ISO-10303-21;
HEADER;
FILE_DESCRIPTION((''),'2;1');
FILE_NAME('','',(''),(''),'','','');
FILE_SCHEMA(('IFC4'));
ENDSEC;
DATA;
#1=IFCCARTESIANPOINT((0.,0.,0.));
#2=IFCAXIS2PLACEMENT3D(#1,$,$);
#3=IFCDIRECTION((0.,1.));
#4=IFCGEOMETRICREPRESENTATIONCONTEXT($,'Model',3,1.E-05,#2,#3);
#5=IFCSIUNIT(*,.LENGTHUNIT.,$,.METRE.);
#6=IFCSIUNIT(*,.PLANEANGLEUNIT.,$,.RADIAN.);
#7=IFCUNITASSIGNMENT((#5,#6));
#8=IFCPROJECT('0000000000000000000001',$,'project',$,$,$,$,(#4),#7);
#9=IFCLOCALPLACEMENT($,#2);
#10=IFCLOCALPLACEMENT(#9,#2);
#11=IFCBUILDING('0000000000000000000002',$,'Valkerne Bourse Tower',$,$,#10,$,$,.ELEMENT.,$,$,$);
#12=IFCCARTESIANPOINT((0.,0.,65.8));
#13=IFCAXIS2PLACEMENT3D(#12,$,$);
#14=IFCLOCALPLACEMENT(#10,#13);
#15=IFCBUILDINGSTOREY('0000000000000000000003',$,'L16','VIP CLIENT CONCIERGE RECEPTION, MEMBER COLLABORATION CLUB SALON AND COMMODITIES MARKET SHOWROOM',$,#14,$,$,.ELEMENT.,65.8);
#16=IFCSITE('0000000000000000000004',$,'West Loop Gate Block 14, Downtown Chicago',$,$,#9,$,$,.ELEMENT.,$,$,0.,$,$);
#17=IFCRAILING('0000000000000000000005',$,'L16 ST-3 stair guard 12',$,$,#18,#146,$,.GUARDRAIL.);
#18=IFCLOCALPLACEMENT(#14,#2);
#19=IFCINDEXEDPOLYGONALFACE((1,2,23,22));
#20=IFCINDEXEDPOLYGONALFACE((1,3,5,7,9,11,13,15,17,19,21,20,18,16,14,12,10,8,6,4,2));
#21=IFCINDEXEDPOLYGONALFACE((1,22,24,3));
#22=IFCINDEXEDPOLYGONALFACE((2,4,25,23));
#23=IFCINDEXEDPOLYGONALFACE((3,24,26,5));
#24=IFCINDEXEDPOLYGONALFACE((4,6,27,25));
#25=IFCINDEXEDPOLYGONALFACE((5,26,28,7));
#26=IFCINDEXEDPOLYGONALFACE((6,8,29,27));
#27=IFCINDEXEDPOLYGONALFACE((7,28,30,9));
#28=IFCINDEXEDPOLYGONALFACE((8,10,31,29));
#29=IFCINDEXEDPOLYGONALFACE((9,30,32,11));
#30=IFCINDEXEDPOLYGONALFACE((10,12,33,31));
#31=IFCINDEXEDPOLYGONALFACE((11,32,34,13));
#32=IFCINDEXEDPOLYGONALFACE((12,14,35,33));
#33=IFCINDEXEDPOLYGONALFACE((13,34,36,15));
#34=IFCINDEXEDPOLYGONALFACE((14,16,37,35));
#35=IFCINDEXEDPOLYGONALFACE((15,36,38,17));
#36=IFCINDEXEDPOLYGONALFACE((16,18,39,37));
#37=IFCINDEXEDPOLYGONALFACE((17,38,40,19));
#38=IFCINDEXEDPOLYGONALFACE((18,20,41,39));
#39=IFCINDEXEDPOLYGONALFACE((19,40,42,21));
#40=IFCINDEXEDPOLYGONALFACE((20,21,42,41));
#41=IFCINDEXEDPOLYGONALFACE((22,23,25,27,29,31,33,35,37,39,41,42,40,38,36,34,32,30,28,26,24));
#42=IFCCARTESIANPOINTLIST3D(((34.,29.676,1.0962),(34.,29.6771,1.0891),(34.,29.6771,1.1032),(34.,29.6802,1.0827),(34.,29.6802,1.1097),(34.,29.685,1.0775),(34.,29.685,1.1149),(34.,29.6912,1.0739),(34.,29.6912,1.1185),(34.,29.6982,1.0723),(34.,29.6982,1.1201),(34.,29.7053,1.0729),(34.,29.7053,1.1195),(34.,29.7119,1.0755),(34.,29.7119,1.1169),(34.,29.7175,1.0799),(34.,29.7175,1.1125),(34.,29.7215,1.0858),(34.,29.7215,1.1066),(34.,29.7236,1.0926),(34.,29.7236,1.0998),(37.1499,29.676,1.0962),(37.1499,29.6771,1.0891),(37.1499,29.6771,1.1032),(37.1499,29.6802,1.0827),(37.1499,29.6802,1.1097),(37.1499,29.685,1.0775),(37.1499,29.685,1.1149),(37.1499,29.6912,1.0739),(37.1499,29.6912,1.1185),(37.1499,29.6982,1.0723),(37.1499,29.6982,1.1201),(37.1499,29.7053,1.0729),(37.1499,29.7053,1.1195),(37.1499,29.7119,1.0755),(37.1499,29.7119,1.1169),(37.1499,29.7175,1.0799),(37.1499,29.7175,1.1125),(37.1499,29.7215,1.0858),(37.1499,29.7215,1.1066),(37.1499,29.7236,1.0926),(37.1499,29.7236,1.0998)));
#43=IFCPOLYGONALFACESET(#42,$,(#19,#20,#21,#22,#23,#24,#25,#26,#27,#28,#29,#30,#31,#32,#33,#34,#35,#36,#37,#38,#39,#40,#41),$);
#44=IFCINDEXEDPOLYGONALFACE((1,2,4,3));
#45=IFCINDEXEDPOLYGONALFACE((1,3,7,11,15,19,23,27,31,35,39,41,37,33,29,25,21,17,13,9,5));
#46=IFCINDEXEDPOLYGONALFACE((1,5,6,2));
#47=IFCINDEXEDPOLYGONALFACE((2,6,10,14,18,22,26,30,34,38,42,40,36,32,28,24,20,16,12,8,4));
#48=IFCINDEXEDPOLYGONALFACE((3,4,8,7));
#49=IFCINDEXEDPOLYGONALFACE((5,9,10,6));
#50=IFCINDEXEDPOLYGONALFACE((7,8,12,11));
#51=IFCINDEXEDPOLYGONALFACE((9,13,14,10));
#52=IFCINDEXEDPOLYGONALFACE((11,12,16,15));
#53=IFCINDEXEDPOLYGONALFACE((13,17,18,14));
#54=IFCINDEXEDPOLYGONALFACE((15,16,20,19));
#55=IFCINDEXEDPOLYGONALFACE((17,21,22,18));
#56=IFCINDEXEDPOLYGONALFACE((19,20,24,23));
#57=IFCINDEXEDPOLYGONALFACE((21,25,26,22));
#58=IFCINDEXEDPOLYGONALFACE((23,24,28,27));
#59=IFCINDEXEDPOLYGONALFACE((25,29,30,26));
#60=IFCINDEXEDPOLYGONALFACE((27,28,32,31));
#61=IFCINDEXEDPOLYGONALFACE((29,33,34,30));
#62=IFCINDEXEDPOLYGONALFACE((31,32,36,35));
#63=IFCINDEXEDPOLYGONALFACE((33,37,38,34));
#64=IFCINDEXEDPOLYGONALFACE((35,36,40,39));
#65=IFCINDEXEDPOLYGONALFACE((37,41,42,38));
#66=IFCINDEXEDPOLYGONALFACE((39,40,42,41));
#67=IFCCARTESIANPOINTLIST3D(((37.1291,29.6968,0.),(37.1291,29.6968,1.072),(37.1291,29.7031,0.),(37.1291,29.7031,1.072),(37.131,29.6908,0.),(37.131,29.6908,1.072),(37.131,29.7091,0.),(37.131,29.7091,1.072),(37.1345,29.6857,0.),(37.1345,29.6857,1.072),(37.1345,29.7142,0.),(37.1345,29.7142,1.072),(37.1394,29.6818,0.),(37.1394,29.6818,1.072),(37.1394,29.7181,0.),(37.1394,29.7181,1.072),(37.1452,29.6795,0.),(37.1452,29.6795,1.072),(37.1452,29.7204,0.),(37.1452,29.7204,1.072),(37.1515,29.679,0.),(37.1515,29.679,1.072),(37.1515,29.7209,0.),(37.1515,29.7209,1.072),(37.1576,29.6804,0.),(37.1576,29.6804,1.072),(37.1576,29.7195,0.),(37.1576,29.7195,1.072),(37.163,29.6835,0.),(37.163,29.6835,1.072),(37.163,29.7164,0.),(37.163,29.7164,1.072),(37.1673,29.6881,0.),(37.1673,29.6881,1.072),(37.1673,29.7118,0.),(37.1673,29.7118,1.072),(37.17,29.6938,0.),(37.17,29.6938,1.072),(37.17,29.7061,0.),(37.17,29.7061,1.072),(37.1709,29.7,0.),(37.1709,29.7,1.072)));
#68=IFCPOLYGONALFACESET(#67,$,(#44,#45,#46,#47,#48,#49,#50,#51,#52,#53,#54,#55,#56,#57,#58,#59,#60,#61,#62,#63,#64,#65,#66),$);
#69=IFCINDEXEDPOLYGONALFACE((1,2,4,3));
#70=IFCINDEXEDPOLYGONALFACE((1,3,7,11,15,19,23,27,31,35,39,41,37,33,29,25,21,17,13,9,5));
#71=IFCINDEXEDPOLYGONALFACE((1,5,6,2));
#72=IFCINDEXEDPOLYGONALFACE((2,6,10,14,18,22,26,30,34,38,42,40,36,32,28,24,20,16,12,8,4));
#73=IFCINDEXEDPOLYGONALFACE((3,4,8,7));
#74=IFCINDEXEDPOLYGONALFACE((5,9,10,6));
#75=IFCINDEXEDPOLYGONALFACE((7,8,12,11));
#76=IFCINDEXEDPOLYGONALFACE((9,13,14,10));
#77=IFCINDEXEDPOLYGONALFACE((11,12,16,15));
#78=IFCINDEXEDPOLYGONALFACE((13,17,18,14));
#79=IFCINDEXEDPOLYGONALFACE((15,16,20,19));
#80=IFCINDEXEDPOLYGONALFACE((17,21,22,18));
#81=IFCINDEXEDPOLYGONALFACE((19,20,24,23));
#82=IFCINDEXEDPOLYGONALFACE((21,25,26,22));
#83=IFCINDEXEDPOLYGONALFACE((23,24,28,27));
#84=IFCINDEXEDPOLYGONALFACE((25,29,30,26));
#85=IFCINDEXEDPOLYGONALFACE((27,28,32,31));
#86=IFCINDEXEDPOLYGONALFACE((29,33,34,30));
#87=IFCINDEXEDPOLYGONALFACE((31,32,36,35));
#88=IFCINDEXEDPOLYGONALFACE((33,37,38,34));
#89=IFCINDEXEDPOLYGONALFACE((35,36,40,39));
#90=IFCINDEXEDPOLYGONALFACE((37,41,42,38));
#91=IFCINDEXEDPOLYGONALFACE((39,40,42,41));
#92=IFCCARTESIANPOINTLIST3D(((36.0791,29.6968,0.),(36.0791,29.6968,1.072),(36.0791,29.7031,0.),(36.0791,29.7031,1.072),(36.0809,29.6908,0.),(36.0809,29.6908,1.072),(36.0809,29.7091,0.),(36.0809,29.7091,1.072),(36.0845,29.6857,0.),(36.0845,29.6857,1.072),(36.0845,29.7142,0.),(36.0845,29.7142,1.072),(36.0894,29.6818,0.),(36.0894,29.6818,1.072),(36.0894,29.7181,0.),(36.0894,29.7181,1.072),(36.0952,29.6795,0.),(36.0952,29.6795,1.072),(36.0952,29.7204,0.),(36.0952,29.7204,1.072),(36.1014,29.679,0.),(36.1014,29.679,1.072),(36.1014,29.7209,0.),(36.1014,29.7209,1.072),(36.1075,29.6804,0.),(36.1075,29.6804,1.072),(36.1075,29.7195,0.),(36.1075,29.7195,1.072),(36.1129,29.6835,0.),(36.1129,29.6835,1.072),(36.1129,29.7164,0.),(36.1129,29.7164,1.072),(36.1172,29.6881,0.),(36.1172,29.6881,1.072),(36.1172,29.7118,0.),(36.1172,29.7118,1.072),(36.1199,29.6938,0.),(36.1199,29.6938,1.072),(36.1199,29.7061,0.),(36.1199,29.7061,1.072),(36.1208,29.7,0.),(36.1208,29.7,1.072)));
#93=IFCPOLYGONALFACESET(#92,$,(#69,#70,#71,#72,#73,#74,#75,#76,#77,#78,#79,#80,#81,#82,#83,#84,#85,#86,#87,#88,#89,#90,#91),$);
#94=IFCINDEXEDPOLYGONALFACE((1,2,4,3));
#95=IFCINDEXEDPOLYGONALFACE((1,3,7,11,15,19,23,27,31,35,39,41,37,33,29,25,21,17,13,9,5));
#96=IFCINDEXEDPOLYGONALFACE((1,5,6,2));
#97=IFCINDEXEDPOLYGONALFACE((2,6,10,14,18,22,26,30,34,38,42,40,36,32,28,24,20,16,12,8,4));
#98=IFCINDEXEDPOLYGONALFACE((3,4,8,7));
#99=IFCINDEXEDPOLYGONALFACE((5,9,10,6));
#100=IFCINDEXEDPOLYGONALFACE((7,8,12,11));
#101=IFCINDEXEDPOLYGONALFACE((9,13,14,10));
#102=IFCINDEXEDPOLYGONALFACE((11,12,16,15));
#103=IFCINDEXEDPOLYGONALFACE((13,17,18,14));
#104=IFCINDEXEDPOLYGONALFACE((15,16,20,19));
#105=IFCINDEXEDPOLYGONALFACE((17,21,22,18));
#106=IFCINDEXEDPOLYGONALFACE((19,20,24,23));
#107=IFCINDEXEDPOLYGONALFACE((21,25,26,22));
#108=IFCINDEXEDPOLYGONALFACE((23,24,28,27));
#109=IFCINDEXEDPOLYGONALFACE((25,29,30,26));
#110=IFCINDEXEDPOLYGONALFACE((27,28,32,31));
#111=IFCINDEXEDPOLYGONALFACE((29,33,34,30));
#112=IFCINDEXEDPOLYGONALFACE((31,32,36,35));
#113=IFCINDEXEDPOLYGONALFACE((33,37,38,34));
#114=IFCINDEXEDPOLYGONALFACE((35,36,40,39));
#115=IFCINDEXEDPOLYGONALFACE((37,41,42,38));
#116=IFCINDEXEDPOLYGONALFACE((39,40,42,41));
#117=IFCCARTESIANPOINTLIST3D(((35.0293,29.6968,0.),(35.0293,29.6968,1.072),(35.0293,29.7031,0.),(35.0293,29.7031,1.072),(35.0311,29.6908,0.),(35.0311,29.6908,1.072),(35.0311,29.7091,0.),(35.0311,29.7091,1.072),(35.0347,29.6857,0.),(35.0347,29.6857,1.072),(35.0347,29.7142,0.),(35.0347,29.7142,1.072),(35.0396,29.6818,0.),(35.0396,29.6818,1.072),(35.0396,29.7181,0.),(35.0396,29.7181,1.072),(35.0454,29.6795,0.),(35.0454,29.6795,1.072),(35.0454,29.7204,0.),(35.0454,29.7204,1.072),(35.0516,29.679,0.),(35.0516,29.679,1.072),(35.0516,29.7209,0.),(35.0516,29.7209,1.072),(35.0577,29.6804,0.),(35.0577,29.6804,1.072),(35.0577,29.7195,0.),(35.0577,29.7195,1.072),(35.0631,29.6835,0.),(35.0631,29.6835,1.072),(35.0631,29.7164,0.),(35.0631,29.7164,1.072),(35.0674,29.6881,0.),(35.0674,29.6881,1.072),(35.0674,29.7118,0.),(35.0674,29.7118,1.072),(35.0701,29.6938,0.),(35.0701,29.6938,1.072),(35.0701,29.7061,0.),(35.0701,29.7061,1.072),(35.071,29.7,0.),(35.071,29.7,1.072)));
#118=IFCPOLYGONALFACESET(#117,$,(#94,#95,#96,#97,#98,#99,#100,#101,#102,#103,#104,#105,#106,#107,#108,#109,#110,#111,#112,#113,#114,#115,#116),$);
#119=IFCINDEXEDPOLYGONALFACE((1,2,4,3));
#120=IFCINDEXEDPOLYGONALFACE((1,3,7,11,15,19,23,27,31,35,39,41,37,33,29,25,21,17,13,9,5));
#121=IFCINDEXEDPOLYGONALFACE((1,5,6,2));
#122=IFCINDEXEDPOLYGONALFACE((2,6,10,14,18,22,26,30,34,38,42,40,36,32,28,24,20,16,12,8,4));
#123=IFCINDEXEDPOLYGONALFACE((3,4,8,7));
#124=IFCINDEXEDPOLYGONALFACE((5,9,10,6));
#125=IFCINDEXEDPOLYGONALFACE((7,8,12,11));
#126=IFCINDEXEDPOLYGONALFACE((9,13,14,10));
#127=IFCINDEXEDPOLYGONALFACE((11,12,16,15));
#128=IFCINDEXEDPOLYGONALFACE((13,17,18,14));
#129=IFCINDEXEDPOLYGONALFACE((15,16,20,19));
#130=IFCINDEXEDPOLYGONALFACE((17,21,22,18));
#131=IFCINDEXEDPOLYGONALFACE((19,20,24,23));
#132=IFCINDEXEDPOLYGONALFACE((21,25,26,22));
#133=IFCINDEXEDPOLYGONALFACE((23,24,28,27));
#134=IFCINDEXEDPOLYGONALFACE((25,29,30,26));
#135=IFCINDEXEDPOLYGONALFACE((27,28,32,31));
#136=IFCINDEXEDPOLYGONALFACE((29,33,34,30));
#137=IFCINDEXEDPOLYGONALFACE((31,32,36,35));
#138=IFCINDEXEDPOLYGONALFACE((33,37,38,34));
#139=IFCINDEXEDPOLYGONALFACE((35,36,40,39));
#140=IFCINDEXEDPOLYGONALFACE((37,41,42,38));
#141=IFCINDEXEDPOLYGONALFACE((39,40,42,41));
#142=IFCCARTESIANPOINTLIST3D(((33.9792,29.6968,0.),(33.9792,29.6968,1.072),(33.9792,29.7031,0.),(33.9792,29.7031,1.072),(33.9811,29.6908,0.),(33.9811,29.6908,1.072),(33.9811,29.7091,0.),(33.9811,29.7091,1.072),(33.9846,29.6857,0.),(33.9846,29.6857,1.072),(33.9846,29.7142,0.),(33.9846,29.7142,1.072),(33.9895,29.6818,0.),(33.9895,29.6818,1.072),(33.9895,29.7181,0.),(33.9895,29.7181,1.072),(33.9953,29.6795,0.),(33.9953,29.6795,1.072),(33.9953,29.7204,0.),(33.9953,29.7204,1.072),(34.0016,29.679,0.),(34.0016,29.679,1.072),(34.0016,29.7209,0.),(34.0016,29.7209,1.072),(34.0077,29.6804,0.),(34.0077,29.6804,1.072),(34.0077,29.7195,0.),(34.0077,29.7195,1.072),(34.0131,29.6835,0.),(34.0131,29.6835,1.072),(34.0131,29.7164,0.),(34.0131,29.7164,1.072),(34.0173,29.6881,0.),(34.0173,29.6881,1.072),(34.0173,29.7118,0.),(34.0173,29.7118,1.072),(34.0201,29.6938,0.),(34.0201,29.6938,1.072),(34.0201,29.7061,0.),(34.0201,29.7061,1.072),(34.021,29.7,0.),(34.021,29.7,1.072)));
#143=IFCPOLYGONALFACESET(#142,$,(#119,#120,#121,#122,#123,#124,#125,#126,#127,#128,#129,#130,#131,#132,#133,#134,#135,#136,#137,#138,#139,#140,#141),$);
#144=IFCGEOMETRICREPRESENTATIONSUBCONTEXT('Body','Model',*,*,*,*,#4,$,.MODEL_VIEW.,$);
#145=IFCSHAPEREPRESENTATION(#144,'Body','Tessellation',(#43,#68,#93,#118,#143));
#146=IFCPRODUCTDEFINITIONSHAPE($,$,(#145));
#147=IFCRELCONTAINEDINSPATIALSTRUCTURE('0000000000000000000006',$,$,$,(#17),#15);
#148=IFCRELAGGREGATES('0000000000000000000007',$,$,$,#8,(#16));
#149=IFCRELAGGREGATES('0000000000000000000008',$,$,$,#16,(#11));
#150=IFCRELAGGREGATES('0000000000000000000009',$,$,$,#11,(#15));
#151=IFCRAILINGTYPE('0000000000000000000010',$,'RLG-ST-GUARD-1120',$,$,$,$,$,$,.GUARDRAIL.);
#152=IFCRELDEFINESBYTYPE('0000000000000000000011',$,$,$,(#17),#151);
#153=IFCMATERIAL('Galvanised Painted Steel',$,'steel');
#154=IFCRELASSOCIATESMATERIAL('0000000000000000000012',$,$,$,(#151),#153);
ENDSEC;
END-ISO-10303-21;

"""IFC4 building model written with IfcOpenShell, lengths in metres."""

from ifc_helpers import new_model, si_unit, direction, frame, origin, origin_2d, place, context, subcontext, project, spatial, circle, extrude, material, type_object, element, save


model = new_model("IFC4")

# Units and contexts
model_context = context("Model", 3, precision=1e-05, world=origin(), true_north=direction((0.0, 1.0)))
body_context = subcontext(model_context, "Body", "Model", "MODEL_VIEW")
ifc_project = project(units=[si_unit("LENGTHUNIT", "METRE"), si_unit("PLANEANGLEUNIT", "RADIAN")], contexts=[model_context])

# Site, building, storey
site_placement = place(None, origin())
site = spatial("IfcSite", under=ifc_project, at=site_placement, Name="West Loop Gate Block 14, Downtown Chicago", CompositionType="ELEMENT", RefElevation=0.0)
building_placement = place(site_placement, origin())
building = spatial("IfcBuilding", under=site, at=building_placement, Name="Valkerne Bourse Tower", CompositionType="ELEMENT")
storey_placement = place(building_placement, frame((0.0, 0.0, 65.8)))
storey = spatial("IfcBuildingStorey", under=building, at=storey_placement, Name="L16", Description="VIP CLIENT CONCIERGE RECEPTION, MEMBER COLLABORATION CLUB SALON AND COMMODITIES MARKET SHOWROOM", CompositionType="ELEMENT", Elevation=65.8)

# Shared definitions
ifc_material_1 = material(Name="Galvanised Painted Steel", Category="steel")

# Railing
railing_type_1 = type_object("IfcRailingType", Name="RLG-ST-GUARD-1120", PredefinedType="GUARDRAIL", material=ifc_material_1)
railing_1_placement = place(storey_placement, frame((37.1499, 29.7, 0.0)))
element("IfcRailing", 1, at=railing_1_placement, inside=storey, type_object=railing_type_1, Name="L16 ST-3 stair guard 12", PredefinedType="GUARDRAIL", context=body_context, shape_type="SweptSolid", body=[
    extrude(circle(Radius=0.0239, at=origin_2d()), frame((0.0, 0.0, 1.0962), z_axis=(-1.0, 0.0, 0.0), x_axis=(0.0, -1.0, 0.0)), (0.0, 0.0, 1.0), 3.1499),
    extrude(circle(Radius=0.021, at=origin_2d()), origin(), (0.0, 0.0, 1.0), 1.072),
    extrude(circle(Radius=0.021, at=origin_2d()), frame((-1.05, 0.0, 0.0)), (0.0, 0.0, 1.0), 1.072),
    extrude(circle(Radius=0.021, at=origin_2d()), frame((-2.0999, 0.0, 0.0)), (0.0, 0.0, 1.0), 1.072),
    extrude(circle(Radius=0.021, at=origin_2d()), frame((-3.1499, 0.0, 0.0)), (0.0, 0.0, 1.0), 1.072),
])

save(model, "model.ifc")
